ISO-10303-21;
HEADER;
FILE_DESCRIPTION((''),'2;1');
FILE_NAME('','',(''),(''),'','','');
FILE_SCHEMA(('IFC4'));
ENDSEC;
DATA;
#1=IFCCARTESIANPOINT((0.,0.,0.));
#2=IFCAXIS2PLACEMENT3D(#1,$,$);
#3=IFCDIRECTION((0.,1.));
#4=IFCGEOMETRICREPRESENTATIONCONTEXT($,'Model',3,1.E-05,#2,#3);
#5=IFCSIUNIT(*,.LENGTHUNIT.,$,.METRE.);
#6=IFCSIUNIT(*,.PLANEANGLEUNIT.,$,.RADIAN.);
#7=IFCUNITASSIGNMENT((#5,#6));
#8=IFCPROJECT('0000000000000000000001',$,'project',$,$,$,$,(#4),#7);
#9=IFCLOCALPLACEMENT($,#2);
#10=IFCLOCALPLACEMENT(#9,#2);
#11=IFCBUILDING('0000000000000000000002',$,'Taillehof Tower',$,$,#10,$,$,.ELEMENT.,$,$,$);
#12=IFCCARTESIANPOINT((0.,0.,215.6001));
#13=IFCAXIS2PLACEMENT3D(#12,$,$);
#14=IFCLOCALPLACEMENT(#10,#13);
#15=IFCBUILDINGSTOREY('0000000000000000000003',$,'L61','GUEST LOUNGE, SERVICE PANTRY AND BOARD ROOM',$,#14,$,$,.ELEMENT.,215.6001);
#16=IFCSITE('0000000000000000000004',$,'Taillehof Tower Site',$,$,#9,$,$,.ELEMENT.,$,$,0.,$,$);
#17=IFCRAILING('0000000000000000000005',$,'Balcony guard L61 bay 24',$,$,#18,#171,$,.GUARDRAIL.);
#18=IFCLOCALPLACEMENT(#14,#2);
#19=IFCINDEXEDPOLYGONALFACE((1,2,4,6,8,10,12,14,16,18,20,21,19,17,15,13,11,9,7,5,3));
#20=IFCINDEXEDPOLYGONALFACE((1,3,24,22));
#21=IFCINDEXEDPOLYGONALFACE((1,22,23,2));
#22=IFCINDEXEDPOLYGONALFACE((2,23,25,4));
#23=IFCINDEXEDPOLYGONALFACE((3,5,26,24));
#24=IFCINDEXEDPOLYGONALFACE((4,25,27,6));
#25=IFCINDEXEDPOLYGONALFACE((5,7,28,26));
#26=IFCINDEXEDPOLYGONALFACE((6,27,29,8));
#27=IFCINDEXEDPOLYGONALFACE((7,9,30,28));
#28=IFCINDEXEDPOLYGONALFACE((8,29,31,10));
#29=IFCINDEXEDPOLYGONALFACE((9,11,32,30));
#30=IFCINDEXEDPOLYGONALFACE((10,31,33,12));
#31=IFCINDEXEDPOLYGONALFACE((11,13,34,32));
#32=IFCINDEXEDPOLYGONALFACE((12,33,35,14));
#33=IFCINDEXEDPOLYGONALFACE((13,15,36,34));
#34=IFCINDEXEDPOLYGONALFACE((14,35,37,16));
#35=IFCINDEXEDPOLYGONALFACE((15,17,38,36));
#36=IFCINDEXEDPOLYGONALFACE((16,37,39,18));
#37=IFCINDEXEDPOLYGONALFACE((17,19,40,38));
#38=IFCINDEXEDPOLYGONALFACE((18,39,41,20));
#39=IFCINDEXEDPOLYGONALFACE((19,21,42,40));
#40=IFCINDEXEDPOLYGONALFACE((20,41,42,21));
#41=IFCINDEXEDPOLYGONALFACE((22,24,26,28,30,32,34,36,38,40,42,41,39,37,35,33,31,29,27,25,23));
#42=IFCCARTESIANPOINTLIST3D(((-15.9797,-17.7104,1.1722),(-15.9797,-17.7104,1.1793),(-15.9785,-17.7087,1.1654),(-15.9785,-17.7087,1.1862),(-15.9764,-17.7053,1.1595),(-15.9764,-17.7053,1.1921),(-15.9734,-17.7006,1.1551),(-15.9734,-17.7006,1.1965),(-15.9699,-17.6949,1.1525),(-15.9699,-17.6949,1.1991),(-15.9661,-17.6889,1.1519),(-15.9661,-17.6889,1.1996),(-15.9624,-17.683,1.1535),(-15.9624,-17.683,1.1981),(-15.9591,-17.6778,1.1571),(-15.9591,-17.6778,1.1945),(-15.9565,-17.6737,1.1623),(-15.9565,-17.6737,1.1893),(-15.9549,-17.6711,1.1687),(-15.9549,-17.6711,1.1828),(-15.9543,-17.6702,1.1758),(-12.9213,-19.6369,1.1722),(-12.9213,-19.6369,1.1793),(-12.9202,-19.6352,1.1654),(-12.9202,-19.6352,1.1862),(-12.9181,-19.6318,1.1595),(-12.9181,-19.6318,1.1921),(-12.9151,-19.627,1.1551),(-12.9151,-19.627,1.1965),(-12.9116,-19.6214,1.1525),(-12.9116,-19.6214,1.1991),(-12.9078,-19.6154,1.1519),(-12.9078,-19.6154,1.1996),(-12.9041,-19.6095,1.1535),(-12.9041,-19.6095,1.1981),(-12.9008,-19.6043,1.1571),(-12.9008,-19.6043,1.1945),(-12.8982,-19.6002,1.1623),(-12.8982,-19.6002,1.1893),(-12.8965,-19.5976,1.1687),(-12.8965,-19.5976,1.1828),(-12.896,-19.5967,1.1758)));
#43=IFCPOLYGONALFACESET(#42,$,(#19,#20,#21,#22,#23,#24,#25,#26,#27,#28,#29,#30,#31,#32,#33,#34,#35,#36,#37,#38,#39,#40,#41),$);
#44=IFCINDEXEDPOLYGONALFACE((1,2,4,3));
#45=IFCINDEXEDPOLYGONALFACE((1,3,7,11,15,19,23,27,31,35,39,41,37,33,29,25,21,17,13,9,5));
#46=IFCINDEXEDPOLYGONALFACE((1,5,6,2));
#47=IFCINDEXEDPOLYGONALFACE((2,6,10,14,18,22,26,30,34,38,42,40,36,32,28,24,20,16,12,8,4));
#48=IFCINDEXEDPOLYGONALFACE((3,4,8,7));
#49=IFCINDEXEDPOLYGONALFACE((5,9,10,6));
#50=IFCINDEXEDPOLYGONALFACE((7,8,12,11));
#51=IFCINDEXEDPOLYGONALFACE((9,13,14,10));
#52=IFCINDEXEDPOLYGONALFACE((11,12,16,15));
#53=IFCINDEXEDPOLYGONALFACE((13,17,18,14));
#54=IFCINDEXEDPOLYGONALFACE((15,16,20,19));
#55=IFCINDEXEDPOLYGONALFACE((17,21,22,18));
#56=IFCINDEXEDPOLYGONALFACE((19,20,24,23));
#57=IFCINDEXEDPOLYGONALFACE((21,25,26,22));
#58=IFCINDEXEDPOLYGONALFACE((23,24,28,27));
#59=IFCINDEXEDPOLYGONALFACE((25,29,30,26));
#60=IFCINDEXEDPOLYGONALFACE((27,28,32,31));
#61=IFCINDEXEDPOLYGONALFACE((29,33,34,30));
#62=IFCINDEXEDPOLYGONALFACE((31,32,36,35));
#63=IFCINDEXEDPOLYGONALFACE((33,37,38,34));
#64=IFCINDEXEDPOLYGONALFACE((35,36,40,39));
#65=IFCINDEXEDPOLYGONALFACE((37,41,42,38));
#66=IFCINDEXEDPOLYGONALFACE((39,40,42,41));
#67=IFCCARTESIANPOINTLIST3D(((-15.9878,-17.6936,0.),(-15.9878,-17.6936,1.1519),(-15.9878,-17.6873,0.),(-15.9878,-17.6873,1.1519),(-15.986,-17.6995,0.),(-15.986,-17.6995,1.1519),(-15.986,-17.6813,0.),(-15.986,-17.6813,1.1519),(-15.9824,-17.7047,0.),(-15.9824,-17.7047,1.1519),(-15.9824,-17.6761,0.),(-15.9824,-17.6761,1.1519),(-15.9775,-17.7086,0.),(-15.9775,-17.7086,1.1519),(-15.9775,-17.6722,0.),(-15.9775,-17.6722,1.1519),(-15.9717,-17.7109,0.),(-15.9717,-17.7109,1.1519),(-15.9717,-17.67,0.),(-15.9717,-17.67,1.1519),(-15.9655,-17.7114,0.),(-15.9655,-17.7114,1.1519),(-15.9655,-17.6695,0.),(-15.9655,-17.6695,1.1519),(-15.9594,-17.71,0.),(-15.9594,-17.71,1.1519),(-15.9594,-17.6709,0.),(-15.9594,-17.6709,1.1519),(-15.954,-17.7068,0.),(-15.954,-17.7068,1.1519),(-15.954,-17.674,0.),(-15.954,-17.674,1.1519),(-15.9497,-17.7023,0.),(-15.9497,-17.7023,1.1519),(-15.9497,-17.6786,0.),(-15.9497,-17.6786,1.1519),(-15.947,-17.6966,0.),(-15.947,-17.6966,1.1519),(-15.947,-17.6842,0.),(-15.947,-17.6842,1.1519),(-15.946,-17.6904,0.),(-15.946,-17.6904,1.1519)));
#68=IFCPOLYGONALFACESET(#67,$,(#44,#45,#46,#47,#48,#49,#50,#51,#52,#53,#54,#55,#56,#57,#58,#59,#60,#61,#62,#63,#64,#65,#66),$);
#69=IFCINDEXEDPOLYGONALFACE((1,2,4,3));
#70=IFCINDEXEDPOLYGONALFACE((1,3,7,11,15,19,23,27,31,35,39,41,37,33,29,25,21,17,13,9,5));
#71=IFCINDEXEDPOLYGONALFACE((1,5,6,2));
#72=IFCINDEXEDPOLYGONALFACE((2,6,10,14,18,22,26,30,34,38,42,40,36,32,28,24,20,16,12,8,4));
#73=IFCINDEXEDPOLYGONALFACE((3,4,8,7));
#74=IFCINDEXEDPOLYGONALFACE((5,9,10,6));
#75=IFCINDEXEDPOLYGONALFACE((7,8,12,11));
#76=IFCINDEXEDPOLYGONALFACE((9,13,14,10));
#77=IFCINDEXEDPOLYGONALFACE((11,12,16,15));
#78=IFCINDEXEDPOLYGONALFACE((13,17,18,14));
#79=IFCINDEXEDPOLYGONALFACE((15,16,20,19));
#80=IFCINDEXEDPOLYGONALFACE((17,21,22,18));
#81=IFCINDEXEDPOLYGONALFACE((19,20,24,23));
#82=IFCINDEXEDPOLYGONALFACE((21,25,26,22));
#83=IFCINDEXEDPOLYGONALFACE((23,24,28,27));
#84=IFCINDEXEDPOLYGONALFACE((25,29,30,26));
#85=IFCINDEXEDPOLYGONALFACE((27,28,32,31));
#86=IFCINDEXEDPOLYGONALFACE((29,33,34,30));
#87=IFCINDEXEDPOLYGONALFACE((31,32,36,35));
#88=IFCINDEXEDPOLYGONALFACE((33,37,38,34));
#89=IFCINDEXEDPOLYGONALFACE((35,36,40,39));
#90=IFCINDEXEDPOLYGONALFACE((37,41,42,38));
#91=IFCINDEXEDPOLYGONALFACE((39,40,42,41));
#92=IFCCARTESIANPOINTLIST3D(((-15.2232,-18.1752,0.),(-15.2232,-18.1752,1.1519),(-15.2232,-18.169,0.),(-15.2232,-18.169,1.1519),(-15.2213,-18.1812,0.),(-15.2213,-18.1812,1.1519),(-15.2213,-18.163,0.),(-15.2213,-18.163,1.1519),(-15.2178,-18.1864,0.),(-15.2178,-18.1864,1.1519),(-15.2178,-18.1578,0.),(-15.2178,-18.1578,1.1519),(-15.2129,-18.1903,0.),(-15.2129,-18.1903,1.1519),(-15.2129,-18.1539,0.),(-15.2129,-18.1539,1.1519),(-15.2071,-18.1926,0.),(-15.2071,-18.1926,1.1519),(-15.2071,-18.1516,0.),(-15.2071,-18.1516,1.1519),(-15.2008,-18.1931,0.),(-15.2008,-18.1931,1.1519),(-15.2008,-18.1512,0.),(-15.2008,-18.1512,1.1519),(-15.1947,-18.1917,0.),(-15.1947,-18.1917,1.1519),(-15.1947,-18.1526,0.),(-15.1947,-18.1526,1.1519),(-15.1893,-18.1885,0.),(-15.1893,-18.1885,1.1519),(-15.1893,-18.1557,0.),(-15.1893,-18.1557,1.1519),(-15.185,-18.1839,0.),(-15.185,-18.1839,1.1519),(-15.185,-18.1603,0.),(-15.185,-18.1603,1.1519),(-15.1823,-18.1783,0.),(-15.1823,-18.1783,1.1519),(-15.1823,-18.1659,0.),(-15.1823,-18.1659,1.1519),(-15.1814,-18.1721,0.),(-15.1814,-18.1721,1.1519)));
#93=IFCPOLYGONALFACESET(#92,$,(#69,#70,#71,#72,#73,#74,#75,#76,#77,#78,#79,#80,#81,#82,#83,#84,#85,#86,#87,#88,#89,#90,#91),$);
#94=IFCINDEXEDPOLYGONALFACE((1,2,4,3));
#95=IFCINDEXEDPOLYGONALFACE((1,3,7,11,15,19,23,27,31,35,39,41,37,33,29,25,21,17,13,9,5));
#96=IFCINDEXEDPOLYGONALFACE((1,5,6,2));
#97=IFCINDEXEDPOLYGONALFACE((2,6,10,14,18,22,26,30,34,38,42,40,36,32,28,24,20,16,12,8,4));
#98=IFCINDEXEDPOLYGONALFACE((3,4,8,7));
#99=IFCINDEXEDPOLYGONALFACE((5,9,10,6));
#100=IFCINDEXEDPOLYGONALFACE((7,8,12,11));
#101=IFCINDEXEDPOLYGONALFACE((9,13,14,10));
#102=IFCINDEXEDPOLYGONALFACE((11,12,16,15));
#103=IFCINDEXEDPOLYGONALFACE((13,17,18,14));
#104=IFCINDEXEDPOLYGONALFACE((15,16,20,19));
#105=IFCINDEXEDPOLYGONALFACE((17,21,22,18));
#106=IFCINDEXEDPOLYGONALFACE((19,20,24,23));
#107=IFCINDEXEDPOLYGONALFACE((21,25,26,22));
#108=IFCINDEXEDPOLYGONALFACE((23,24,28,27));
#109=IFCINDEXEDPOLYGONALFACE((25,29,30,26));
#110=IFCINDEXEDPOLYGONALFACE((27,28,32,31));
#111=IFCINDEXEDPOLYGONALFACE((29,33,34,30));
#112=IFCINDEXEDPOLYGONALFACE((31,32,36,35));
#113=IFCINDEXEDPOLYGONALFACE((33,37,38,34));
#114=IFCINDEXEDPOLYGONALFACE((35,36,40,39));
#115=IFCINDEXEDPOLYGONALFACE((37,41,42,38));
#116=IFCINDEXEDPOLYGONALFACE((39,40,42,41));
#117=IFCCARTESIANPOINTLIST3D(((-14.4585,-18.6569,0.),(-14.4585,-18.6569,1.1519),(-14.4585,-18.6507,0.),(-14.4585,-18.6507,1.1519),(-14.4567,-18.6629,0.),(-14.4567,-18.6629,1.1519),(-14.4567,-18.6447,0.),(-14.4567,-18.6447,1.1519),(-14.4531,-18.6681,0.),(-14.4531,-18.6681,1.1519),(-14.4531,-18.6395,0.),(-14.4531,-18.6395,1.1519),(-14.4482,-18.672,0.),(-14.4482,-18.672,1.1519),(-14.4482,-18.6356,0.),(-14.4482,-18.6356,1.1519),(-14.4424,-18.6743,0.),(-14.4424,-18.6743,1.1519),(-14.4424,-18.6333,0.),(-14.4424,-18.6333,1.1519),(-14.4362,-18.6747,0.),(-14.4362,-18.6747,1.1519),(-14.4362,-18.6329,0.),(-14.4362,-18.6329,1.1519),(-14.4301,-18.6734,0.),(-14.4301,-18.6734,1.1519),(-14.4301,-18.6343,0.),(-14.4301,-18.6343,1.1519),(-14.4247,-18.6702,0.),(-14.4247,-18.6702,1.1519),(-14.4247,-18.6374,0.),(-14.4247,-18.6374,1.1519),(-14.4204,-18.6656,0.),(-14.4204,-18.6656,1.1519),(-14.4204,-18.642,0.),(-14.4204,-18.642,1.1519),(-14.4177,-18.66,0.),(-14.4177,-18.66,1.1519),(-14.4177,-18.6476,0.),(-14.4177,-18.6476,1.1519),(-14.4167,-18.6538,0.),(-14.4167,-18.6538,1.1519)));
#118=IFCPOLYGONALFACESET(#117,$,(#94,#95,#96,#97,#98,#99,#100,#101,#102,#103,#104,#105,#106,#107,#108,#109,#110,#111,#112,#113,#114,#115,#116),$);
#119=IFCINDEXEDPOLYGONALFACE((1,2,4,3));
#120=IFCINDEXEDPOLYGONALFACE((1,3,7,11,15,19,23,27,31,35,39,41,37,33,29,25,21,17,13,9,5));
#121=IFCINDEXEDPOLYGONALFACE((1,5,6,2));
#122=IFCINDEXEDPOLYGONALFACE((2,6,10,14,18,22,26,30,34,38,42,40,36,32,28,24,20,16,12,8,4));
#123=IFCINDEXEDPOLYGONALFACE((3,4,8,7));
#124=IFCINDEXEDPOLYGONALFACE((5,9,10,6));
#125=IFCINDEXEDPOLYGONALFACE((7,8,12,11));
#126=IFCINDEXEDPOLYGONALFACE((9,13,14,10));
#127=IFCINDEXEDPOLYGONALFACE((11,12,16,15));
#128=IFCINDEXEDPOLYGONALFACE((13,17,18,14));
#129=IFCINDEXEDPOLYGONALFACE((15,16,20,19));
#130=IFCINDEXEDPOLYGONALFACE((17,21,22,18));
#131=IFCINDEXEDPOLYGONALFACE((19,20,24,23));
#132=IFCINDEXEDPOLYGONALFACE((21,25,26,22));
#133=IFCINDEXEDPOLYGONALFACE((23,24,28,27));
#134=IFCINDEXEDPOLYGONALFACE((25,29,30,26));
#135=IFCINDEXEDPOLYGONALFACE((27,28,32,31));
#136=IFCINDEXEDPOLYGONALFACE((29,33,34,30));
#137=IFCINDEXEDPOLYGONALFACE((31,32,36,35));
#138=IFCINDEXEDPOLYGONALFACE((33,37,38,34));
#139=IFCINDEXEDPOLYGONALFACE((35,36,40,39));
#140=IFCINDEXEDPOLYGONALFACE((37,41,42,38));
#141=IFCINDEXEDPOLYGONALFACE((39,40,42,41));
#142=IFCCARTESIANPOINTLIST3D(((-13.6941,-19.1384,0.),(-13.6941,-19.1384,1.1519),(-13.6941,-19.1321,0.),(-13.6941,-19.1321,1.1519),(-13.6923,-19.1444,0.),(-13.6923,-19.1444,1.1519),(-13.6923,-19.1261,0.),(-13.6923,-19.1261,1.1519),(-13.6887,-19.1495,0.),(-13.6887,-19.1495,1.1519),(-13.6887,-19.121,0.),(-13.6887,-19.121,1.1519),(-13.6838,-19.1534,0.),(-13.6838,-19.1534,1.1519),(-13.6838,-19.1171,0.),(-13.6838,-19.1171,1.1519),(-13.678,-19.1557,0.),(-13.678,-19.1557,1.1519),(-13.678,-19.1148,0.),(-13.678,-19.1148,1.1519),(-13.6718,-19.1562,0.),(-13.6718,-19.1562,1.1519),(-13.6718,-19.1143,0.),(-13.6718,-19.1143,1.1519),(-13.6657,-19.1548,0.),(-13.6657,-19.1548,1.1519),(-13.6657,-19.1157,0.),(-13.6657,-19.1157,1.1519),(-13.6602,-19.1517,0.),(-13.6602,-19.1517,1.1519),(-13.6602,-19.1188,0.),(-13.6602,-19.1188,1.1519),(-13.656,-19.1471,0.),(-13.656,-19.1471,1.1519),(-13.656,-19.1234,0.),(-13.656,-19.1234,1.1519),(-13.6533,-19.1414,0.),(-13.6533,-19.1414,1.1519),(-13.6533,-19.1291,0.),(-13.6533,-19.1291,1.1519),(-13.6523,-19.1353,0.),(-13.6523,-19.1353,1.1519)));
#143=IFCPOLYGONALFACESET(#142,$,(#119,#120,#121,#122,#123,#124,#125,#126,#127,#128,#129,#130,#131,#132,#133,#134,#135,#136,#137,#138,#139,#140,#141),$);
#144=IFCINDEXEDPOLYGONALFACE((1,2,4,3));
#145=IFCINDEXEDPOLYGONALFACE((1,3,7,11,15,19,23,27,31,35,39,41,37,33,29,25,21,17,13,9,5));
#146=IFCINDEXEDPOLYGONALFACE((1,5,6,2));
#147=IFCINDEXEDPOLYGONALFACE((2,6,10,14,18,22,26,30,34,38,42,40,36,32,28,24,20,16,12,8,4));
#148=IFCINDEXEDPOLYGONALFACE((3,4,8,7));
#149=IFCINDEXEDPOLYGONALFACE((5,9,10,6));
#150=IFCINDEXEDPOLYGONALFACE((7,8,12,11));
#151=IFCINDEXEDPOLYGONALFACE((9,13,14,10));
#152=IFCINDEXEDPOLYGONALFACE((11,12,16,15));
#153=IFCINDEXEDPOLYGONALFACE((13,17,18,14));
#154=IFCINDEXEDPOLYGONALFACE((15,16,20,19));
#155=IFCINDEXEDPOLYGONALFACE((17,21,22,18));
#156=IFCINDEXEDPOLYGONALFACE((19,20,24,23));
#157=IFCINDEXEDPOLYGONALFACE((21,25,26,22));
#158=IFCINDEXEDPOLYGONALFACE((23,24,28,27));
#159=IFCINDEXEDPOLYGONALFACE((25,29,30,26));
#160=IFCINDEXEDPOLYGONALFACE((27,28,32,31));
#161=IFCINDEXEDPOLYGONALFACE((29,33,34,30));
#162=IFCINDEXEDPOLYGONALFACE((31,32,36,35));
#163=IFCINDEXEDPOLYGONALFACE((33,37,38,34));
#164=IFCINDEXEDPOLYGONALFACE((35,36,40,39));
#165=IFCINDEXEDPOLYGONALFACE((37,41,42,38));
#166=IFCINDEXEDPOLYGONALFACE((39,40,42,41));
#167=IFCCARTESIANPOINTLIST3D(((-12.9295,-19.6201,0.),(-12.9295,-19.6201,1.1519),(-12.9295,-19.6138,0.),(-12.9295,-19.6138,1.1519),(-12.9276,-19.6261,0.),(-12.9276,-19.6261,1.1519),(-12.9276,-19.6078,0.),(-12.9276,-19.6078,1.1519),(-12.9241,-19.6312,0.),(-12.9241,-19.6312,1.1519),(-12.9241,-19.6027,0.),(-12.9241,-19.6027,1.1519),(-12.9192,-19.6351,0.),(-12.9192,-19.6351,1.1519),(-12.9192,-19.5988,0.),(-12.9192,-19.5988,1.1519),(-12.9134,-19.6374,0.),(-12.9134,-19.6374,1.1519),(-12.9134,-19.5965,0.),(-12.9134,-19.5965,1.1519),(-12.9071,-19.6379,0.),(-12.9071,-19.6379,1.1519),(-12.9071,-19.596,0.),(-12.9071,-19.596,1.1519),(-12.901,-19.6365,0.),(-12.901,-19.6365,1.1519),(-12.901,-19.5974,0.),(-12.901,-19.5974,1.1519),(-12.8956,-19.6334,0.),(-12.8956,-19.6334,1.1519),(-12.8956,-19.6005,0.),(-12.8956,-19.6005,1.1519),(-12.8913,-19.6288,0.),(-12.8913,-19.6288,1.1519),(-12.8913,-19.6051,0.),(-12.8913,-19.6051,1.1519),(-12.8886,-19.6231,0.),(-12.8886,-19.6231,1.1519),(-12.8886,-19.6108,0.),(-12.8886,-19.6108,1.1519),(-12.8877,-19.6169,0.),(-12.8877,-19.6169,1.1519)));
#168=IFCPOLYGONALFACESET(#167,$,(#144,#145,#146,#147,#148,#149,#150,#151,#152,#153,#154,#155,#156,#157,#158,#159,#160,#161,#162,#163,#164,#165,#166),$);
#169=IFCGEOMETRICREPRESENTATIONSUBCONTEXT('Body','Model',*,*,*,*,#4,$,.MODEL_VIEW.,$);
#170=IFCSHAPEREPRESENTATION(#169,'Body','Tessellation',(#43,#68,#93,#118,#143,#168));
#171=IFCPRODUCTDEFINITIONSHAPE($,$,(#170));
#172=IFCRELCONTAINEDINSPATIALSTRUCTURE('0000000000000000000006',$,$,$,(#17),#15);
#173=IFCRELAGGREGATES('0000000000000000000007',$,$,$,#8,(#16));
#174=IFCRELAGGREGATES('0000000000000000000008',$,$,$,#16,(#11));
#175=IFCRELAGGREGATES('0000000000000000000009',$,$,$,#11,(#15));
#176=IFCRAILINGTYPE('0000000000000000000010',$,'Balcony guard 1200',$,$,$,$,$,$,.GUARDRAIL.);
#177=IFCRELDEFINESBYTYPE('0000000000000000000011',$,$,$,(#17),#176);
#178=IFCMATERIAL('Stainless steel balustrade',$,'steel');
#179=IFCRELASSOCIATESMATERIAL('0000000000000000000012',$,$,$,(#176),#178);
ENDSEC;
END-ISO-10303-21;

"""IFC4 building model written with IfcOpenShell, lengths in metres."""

from ifc_helpers import new_model, si_unit, direction, frame, origin, origin_2d, place, context, subcontext, project, spatial, circle, extrude, material, type_object, element, save


model = new_model("IFC4")

# Units and contexts
model_context = context("Model", 3, precision=1e-05, world=origin(), true_north=direction((0.0, 1.0)))
body_context = subcontext(model_context, "Body", "Model", "MODEL_VIEW")
ifc_project = project(units=[si_unit("LENGTHUNIT", "METRE"), si_unit("PLANEANGLEUNIT", "RADIAN")], contexts=[model_context])

# Site, building, storey
site_placement = place(None, origin())
site = spatial("IfcSite", under=ifc_project, at=site_placement, Name="Taillehof Tower Site", CompositionType="ELEMENT", RefElevation=0.0)
building_placement = place(site_placement, origin())
building = spatial("IfcBuilding", under=site, at=building_placement, Name="Taillehof Tower", CompositionType="ELEMENT")
storey_placement = place(building_placement, frame((0.0, 0.0, 215.6001)))
storey = spatial("IfcBuildingStorey", under=building, at=storey_placement, Name="L61", Description="GUEST LOUNGE, SERVICE PANTRY AND BOARD ROOM", CompositionType="ELEMENT", Elevation=215.6001)

# Railing
ifc_material_1 = material(Name="Stainless steel balustrade", Category="steel")
railing_type_1 = type_object("IfcRailingType", Name="Balcony guard 1200", PredefinedType="GUARDRAIL", material=ifc_material_1)
railing_1_placement = place(storey_placement, frame((-15.967, -17.6904, 0.0)))
element("IfcRailing", 1, at=railing_1_placement, inside=storey, type_object=railing_type_1, Name="Balcony guard L61 bay 24", PredefinedType="GUARDRAIL", context=body_context, shape_type="SweptSolid", body=[
    extrude(circle(Radius=0.0239, at=origin_2d()), frame((0.0, 0.0, 1.1758), z_axis=(0.846122, -0.532989, 0.0), x_axis=(0.532989, 0.846122, 0.0)), (0.0, 0.0, 1.0), 3.6145),
    extrude(circle(Radius=0.021, at=origin_2d()), origin(), (0.0, 0.0, 1.0), 1.1519),
    extrude(circle(Radius=0.021, at=origin_2d()), frame((0.7646, -0.4817, 0.0)), (0.0, 0.0, 1.0), 1.1519),
    extrude(circle(Radius=0.021, at=origin_2d()), frame((1.5293, -0.9634, 0.0)), (0.0, 0.0, 1.0), 1.1519),
    extrude(circle(Radius=0.021, at=origin_2d()), frame((2.2937, -1.4448, 0.0)), (0.0, 0.0, 1.0), 1.1519),
    extrude(circle(Radius=0.021, at=origin_2d()), frame((3.0583, -1.9265, 0.0)), (0.0, 0.0, 1.0), 1.1519),
])

save(model, "model.ifc")
